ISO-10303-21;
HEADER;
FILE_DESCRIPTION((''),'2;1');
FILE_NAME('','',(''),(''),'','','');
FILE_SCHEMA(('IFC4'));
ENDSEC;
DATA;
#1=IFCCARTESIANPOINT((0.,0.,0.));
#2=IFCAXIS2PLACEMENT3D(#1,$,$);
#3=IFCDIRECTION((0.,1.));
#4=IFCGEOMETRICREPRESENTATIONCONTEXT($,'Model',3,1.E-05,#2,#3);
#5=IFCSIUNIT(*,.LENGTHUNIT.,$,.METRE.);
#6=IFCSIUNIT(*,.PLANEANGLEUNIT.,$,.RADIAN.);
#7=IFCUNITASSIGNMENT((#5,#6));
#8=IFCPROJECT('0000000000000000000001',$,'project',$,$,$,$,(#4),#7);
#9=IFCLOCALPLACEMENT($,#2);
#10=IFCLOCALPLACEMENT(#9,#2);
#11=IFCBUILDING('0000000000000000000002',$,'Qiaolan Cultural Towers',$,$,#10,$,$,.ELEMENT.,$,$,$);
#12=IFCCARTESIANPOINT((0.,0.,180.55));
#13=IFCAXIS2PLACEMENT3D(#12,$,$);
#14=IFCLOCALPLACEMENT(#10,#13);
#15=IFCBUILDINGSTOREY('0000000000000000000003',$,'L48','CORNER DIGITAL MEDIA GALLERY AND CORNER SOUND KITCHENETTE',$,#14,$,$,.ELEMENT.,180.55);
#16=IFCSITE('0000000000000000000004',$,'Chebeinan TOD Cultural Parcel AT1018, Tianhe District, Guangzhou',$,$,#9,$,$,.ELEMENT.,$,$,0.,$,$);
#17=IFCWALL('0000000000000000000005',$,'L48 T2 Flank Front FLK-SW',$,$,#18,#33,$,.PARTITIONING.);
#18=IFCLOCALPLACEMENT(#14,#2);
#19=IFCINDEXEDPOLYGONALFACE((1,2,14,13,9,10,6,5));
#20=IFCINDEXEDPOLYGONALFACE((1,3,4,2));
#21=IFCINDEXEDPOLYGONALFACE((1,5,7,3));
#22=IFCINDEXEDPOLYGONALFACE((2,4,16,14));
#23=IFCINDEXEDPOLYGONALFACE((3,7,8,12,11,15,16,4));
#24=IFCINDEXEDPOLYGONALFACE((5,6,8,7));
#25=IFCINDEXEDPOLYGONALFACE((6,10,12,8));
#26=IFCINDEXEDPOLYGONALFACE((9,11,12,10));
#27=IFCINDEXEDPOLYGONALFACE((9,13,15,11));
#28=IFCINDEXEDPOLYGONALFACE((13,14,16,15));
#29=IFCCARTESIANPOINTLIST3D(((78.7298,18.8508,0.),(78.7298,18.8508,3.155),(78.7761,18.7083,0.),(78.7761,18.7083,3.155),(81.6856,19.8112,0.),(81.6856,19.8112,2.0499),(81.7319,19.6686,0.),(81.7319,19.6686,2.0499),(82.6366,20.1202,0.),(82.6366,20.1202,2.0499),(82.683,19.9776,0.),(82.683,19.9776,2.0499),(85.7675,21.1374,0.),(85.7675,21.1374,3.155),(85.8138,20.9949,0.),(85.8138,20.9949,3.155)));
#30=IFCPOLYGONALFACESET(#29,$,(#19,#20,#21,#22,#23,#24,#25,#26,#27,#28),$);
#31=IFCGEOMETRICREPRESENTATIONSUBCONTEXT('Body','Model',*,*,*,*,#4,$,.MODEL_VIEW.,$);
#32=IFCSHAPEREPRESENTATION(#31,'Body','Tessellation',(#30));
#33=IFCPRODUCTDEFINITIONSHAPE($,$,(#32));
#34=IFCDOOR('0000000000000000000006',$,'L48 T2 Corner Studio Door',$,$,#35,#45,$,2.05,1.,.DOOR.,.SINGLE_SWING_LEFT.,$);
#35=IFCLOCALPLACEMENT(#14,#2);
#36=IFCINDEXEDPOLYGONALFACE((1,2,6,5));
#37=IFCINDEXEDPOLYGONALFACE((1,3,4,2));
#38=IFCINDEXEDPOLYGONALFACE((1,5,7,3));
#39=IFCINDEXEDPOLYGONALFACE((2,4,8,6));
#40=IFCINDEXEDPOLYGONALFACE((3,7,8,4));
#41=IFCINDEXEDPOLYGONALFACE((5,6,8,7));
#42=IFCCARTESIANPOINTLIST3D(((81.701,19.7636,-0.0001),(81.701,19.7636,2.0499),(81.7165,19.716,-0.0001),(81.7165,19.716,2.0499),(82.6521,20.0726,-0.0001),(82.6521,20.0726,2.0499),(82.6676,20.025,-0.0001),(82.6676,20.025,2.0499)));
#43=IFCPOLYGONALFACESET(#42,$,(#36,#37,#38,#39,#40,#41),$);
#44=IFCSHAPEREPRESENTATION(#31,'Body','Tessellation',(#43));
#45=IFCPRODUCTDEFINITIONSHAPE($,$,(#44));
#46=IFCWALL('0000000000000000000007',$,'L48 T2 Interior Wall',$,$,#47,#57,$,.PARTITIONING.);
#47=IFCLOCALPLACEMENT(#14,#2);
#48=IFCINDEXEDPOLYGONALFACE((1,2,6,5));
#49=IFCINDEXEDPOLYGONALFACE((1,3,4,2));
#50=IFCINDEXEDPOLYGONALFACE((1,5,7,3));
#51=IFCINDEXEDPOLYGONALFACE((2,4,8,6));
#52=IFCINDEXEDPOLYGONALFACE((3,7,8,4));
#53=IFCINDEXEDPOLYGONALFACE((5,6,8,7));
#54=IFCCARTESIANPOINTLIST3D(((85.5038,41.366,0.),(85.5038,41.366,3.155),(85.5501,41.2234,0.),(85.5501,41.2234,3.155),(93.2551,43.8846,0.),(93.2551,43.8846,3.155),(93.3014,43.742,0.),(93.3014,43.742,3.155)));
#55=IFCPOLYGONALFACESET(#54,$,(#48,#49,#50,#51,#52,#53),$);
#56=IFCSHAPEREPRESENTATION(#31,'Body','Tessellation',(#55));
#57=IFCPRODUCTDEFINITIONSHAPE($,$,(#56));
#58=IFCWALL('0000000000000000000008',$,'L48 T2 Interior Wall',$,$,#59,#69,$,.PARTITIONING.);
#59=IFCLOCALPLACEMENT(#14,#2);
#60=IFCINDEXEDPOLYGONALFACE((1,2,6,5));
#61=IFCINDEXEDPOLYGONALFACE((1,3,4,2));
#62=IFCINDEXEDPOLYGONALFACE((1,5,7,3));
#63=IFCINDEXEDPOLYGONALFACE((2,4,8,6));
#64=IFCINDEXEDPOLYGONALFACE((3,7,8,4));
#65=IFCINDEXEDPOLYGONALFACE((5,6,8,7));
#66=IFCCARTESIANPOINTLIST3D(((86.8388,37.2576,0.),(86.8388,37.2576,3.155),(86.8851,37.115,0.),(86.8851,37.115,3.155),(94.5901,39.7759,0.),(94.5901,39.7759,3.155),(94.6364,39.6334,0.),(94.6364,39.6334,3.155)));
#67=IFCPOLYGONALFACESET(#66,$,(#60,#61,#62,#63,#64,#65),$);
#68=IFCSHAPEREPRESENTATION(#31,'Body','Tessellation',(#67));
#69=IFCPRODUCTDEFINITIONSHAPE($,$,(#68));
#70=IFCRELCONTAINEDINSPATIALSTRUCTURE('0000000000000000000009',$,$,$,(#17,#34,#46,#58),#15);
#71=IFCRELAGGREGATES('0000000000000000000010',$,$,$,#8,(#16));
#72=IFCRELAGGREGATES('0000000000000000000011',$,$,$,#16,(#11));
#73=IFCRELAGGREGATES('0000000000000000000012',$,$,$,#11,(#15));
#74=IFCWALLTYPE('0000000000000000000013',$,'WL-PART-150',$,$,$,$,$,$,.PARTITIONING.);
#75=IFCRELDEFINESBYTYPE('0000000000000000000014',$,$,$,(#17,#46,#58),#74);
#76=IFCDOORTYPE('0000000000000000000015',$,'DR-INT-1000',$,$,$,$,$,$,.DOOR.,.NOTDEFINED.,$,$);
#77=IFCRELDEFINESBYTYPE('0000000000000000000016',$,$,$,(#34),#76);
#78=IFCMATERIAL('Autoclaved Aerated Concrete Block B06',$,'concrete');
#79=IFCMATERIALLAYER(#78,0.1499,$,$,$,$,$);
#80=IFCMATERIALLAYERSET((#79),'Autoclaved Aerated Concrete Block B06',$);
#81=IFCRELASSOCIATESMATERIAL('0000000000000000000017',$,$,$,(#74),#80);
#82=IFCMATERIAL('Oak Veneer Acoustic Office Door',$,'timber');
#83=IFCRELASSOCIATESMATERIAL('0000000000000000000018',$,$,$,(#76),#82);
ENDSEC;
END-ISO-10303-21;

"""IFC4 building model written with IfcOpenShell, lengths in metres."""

from ifc_helpers import new_model, si_unit, direction, frame, frame_2d, origin, place, context, subcontext, project, spatial, rectangle, extrude, material, layer, layer_set, type_object, element, fill, save


model = new_model("IFC4")

# Units and contexts
model_context = context("Model", 3, precision=1e-05, world=origin(), true_north=direction((0.0, 1.0)))
body_context = subcontext(model_context, "Body", "Model", "MODEL_VIEW")
ifc_project = project(units=[si_unit("LENGTHUNIT", "METRE"), si_unit("PLANEANGLEUNIT", "RADIAN")], contexts=[model_context])

# Site, building, storey
site_placement = place(None, origin())
site = spatial("IfcSite", under=ifc_project, at=site_placement, Name="Chebeinan TOD Cultural Parcel AT1018, Tianhe District, Guangzhou", CompositionType="ELEMENT", RefElevation=0.0)
building_placement = place(site_placement, origin())
building = spatial("IfcBuilding", under=site, at=building_placement, Name="Qiaolan Cultural Towers", CompositionType="ELEMENT")
storey_placement = place(building_placement, frame((0.0, 0.0, 180.55)))
storey = spatial("IfcBuildingStorey", under=building, at=storey_placement, Name="L48", Description="CORNER DIGITAL MEDIA GALLERY AND CORNER SOUND KITCHENETTE", CompositionType="ELEMENT", Elevation=180.55)

# Shared definitions
ifc_material_1 = material(Name="Autoclaved Aerated Concrete Block B06", Category="concrete")
ifc_layer_1 = layer(ifc_material_1, 0.1499)
ifc_layer_set_1 = layer_set([ifc_layer_1], Name="Autoclaved Aerated Concrete Block B06")
wall_type_1 = type_object("IfcWallType", Name="WL-PART-150", PredefinedType="PARTITIONING", material=ifc_layer_set_1)

# Wall, opening, door
wall_1_placement = place(storey_placement, frame((78.7529, 18.7795, 0.0), z_axis=(0.0, 0.0, 1.0), x_axis=(0.951061, 0.309003, 0.0)))
wall_1 = element("IfcWall", 1, at=wall_1_placement, inside=storey, type_object=wall_type_1, Name="L48 T2 Flank Front FLK-SW", PredefinedType="PARTITIONING", context=body_context, shape_type="SweptSolid", body=[
    extrude(rectangle(XDim=7.3999, YDim=0.1499, at=frame_2d((3.7, 0.0))), origin(), (0.0, 0.0, 1.0), 3.155),
])
opening_1_placement = place(wall_1_placement, frame((3.1079, 0.0, 0.0)))
opening_1 = element("IfcOpeningElement", 2, at=opening_1_placement, cuts=wall_1, PredefinedType="OPENING", context=body_context, shape_type="SweptSolid", body=[
    extrude(rectangle(XDim=1.0, YDim=2.05, at=frame_2d((0.5, 1.0249))), frame((0.0, 0.085, 0.0), z_axis=(0.0, -1.0, 0.0), x_axis=(1.0, 0.0, 0.0)), (0.0, 0.0, 1.0), 0.1699),
])
ifc_material_2 = material(Name="Oak Veneer Acoustic Office Door", Category="timber")
door_type = type_object("IfcDoorType", Name="DR-INT-1000", OperationType="NOTDEFINED", PredefinedType="DOOR", material=ifc_material_2)
door_placement = place(opening_1_placement, origin())
door = element("IfcDoor", 3, at=door_placement, inside=storey, type_object=door_type, Name="L48 T2 Corner Studio Door", OperationType="SINGLE_SWING_LEFT", OverallHeight=2.05, OverallWidth=1.0, PredefinedType="DOOR", context=body_context, shape_type="SweptSolid", body=[
    extrude(rectangle(XDim=1.0, YDim=2.05, at=frame_2d((0.5, 1.0249))), frame((0.0, 0.0249, 0.0), z_axis=(0.0, -1.0, 0.0), x_axis=(1.0, 0.0, 0.0)), (0.0, 0.0, 1.0), 0.05),
])
fill(opening_1, door)

# Walls
for number, where, z_axis, x_axis, name in (
    (4, (85.5269, 41.2947, 0.0), (0.0, 0.0, 1.0), (0.951055, 0.30902, 0.0), "L48 T2 Interior Wall"),
    (5, (86.8618, 37.1863, 0.0), (0.0, 0.0, 1.0), (0.951064, 0.308993, 0.0), "L48 T2 Interior Wall"),
):
    element("IfcWall", number, at=place(storey_placement, frame(where, z_axis=z_axis, x_axis=x_axis)), inside=storey, type_object=wall_type_1, Name=name, PredefinedType="PARTITIONING", context=body_context, shape_type="SweptSolid", body=[
        extrude(rectangle(XDim=8.1501, YDim=0.1499, at=frame_2d((4.0752, 0.0))), origin(), (0.0, 0.0, 1.0), 3.155),
    ])

save(model, "model.ifc")
